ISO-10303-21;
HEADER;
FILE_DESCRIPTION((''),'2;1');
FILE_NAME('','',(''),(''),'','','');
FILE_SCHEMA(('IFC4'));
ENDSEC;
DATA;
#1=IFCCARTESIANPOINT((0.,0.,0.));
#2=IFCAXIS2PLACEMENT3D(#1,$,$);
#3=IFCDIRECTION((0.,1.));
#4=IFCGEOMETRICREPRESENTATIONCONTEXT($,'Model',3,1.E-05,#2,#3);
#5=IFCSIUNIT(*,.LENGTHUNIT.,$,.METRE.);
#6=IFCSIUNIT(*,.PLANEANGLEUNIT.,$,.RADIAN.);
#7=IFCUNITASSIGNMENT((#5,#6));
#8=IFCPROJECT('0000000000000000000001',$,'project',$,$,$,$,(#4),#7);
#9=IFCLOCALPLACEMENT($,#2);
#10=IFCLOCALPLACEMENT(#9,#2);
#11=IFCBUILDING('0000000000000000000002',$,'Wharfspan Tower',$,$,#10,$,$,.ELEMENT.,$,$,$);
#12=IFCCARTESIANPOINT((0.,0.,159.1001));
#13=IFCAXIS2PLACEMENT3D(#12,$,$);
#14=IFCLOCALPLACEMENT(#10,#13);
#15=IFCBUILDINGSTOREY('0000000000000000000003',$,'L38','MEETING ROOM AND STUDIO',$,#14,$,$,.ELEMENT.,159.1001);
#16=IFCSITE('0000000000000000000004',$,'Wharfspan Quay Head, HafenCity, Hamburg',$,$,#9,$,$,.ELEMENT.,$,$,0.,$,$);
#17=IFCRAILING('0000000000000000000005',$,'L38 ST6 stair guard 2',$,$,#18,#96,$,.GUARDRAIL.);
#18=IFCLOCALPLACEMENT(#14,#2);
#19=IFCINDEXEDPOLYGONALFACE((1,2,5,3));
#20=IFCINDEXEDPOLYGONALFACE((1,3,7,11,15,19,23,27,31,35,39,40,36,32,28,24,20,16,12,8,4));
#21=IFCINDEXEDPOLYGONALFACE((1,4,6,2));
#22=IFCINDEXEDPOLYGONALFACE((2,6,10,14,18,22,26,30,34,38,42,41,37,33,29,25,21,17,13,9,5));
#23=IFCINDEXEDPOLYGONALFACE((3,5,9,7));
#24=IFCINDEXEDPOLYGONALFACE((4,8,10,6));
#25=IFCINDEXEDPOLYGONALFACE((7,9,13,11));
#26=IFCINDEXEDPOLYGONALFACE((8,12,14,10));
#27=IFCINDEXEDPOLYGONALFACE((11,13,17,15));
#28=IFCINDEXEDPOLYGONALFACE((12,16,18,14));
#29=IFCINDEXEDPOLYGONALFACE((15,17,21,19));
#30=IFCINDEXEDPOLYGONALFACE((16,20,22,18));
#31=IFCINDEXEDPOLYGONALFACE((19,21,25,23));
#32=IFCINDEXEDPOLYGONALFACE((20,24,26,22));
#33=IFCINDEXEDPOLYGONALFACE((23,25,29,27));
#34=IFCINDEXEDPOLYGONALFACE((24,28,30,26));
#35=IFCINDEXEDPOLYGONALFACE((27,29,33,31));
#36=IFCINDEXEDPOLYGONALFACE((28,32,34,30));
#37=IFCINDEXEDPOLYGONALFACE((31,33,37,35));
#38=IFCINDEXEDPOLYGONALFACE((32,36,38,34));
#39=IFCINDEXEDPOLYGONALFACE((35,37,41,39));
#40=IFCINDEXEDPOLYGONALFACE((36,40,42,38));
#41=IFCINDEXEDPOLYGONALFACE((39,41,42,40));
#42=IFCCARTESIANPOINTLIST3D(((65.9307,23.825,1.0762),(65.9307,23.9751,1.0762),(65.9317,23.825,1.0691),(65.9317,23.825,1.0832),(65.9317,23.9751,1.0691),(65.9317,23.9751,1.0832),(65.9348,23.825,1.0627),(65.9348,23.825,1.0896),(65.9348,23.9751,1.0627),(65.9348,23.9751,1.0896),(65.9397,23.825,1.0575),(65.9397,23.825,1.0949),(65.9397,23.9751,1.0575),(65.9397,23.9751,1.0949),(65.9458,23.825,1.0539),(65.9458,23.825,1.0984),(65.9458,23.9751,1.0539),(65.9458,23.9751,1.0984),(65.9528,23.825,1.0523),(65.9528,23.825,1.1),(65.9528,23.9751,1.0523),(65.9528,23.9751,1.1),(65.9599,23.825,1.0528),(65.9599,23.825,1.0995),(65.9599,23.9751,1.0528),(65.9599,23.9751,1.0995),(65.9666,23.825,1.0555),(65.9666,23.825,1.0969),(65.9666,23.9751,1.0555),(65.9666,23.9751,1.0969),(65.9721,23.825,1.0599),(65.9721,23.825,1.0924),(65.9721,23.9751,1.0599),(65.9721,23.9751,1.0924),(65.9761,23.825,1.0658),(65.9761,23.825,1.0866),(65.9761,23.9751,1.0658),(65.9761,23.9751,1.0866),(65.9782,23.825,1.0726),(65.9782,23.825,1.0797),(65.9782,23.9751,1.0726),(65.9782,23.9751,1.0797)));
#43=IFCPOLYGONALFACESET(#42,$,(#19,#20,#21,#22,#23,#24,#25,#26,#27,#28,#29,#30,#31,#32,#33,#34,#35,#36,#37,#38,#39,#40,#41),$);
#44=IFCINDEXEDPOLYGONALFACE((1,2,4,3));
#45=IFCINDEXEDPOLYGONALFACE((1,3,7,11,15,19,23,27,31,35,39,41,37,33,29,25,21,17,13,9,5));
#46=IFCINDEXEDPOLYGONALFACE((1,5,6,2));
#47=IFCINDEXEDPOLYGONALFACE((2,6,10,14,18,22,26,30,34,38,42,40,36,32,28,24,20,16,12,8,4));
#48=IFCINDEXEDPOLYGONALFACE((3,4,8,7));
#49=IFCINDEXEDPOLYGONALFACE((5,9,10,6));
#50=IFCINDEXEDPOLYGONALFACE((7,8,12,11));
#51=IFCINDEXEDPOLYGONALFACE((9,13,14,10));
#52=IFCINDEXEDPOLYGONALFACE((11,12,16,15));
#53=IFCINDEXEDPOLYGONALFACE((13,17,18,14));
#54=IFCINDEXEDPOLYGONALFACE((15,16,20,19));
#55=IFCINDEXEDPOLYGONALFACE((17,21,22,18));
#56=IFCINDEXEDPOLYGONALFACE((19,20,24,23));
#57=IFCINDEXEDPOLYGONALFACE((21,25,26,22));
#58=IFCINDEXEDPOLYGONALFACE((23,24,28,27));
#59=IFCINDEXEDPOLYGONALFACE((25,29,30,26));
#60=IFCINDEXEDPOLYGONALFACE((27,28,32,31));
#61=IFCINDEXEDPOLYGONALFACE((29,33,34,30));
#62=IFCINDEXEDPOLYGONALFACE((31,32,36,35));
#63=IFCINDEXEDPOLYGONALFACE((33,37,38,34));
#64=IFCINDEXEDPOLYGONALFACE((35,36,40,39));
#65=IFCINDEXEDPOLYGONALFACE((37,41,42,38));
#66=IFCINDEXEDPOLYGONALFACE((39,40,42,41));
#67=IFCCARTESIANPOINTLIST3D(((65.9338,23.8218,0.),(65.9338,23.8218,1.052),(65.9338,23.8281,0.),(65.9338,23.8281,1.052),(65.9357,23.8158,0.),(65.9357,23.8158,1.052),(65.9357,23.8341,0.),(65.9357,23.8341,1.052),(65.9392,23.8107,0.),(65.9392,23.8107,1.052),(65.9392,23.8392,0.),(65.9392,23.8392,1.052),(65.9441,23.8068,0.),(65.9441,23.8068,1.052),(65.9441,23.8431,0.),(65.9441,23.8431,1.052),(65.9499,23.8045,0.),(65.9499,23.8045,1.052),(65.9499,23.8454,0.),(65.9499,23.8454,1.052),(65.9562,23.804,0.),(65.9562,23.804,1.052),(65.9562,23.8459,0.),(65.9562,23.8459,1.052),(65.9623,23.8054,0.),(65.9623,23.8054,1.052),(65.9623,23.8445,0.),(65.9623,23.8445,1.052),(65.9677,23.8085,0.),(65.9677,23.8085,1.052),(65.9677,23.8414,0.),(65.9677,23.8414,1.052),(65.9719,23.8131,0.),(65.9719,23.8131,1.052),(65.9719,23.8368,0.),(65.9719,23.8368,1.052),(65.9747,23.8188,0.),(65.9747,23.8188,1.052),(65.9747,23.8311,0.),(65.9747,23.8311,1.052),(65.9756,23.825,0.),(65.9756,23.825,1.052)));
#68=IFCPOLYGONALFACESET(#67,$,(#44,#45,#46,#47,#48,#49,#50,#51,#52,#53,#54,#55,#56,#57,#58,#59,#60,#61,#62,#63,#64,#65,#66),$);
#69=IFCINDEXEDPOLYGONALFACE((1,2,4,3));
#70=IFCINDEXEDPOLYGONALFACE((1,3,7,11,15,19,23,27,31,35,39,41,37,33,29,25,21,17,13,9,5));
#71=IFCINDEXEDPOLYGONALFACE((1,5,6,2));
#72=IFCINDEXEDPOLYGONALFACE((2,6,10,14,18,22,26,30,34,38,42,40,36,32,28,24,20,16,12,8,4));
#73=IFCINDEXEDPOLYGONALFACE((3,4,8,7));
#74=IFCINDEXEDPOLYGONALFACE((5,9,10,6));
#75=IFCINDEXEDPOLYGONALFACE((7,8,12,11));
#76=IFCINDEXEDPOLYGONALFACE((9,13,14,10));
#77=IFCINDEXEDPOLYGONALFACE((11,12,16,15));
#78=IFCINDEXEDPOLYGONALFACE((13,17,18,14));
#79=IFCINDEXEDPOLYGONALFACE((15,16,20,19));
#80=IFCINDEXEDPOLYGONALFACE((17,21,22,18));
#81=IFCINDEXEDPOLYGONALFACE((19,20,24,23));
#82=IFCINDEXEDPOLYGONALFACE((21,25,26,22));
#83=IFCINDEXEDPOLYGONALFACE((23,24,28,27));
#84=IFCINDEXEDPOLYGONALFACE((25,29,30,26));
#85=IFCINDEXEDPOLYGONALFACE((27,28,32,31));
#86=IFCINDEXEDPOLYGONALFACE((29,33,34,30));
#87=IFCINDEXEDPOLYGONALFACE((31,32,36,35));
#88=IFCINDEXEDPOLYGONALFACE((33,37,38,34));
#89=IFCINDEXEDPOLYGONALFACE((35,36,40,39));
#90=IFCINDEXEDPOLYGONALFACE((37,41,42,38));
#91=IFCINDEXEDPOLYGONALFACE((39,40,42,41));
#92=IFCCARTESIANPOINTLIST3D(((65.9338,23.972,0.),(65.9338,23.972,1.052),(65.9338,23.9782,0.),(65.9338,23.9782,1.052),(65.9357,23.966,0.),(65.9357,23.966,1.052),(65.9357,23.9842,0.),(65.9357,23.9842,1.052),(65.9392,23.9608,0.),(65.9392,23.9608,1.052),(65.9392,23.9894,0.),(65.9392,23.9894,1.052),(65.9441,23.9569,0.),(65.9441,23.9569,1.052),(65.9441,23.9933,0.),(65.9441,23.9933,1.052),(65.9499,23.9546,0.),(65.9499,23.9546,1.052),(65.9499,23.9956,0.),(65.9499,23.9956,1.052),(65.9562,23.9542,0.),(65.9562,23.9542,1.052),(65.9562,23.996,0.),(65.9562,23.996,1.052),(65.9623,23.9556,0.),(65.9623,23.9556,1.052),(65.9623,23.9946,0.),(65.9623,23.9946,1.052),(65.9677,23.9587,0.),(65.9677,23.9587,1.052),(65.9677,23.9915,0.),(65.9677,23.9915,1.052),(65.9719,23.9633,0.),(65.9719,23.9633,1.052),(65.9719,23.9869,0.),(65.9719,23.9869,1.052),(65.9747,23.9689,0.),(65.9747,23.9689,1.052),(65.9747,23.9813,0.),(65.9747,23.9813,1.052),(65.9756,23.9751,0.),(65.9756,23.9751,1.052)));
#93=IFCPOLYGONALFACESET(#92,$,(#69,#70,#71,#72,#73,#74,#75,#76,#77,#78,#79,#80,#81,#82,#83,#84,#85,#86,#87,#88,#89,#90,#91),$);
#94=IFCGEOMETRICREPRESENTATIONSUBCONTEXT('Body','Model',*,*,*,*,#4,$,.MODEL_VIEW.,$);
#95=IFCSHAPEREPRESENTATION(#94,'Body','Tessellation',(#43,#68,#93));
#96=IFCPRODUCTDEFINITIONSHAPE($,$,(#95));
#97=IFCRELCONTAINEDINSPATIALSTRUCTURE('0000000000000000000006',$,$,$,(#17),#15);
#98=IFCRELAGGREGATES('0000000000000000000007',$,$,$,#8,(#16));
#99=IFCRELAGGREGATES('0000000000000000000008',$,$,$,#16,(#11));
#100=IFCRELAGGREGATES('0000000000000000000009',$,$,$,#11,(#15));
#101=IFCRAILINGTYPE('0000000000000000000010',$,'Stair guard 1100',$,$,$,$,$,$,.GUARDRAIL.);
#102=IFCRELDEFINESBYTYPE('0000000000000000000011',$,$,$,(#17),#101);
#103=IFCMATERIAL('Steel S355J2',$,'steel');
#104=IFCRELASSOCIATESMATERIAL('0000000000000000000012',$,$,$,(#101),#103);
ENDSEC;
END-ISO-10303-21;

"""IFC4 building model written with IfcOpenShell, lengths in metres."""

from ifc_helpers import new_model, si_unit, direction, frame, origin, origin_2d, place, context, subcontext, project, spatial, circle, extrude, material, type_object, element, save


model = new_model("IFC4")

# Units and contexts
model_context = context("Model", 3, precision=1e-05, world=origin(), true_north=direction((0.0, 1.0)))
body_context = subcontext(model_context, "Body", "Model", "MODEL_VIEW")
ifc_project = project(units=[si_unit("LENGTHUNIT", "METRE"), si_unit("PLANEANGLEUNIT", "RADIAN")], contexts=[model_context])

# Site, building, storey
site_placement = place(None, origin())
site = spatial("IfcSite", under=ifc_project, at=site_placement, Name="Wharfspan Quay Head, HafenCity, Hamburg", CompositionType="ELEMENT", RefElevation=0.0)
building_placement = place(site_placement, origin())
building = spatial("IfcBuilding", under=site, at=building_placement, Name="Wharfspan Tower", CompositionType="ELEMENT")
storey_placement = place(building_placement, frame((0.0, 0.0, 159.1001)))
storey = spatial("IfcBuildingStorey", under=building, at=storey_placement, Name="L38", Description="MEETING ROOM AND STUDIO", CompositionType="ELEMENT", Elevation=159.1001)

# Railing
ifc_material_1 = material(Name="Steel S355J2", Category="steel")
railing_type_1 = type_object("IfcRailingType", Name="Stair guard 1100", PredefinedType="GUARDRAIL", material=ifc_material_1)
railing_1_placement = place(storey_placement, frame((65.9546, 23.825, 0.0)))
element("IfcRailing", 1, at=railing_1_placement, inside=storey, type_object=railing_type_1, Name="L38 ST6 stair guard 2", PredefinedType="GUARDRAIL", context=body_context, shape_type="SweptSolid", body=[
    extrude(circle(Radius=0.0239, at=origin_2d()), frame((0.0, 0.0, 1.0762), z_axis=(0.0, 1.0, 0.0), x_axis=(-1.0, 0.0, 0.0)), (0.0, 0.0, 1.0), 0.1501),
    extrude(circle(Radius=0.021, at=origin_2d()), origin(), (0.0, 0.0, 1.0), 1.052),
    extrude(circle(Radius=0.021, at=origin_2d()), frame((0.0, 0.1501, 0.0)), (0.0, 0.0, 1.0), 1.052),
])

save(model, "model.ifc")
